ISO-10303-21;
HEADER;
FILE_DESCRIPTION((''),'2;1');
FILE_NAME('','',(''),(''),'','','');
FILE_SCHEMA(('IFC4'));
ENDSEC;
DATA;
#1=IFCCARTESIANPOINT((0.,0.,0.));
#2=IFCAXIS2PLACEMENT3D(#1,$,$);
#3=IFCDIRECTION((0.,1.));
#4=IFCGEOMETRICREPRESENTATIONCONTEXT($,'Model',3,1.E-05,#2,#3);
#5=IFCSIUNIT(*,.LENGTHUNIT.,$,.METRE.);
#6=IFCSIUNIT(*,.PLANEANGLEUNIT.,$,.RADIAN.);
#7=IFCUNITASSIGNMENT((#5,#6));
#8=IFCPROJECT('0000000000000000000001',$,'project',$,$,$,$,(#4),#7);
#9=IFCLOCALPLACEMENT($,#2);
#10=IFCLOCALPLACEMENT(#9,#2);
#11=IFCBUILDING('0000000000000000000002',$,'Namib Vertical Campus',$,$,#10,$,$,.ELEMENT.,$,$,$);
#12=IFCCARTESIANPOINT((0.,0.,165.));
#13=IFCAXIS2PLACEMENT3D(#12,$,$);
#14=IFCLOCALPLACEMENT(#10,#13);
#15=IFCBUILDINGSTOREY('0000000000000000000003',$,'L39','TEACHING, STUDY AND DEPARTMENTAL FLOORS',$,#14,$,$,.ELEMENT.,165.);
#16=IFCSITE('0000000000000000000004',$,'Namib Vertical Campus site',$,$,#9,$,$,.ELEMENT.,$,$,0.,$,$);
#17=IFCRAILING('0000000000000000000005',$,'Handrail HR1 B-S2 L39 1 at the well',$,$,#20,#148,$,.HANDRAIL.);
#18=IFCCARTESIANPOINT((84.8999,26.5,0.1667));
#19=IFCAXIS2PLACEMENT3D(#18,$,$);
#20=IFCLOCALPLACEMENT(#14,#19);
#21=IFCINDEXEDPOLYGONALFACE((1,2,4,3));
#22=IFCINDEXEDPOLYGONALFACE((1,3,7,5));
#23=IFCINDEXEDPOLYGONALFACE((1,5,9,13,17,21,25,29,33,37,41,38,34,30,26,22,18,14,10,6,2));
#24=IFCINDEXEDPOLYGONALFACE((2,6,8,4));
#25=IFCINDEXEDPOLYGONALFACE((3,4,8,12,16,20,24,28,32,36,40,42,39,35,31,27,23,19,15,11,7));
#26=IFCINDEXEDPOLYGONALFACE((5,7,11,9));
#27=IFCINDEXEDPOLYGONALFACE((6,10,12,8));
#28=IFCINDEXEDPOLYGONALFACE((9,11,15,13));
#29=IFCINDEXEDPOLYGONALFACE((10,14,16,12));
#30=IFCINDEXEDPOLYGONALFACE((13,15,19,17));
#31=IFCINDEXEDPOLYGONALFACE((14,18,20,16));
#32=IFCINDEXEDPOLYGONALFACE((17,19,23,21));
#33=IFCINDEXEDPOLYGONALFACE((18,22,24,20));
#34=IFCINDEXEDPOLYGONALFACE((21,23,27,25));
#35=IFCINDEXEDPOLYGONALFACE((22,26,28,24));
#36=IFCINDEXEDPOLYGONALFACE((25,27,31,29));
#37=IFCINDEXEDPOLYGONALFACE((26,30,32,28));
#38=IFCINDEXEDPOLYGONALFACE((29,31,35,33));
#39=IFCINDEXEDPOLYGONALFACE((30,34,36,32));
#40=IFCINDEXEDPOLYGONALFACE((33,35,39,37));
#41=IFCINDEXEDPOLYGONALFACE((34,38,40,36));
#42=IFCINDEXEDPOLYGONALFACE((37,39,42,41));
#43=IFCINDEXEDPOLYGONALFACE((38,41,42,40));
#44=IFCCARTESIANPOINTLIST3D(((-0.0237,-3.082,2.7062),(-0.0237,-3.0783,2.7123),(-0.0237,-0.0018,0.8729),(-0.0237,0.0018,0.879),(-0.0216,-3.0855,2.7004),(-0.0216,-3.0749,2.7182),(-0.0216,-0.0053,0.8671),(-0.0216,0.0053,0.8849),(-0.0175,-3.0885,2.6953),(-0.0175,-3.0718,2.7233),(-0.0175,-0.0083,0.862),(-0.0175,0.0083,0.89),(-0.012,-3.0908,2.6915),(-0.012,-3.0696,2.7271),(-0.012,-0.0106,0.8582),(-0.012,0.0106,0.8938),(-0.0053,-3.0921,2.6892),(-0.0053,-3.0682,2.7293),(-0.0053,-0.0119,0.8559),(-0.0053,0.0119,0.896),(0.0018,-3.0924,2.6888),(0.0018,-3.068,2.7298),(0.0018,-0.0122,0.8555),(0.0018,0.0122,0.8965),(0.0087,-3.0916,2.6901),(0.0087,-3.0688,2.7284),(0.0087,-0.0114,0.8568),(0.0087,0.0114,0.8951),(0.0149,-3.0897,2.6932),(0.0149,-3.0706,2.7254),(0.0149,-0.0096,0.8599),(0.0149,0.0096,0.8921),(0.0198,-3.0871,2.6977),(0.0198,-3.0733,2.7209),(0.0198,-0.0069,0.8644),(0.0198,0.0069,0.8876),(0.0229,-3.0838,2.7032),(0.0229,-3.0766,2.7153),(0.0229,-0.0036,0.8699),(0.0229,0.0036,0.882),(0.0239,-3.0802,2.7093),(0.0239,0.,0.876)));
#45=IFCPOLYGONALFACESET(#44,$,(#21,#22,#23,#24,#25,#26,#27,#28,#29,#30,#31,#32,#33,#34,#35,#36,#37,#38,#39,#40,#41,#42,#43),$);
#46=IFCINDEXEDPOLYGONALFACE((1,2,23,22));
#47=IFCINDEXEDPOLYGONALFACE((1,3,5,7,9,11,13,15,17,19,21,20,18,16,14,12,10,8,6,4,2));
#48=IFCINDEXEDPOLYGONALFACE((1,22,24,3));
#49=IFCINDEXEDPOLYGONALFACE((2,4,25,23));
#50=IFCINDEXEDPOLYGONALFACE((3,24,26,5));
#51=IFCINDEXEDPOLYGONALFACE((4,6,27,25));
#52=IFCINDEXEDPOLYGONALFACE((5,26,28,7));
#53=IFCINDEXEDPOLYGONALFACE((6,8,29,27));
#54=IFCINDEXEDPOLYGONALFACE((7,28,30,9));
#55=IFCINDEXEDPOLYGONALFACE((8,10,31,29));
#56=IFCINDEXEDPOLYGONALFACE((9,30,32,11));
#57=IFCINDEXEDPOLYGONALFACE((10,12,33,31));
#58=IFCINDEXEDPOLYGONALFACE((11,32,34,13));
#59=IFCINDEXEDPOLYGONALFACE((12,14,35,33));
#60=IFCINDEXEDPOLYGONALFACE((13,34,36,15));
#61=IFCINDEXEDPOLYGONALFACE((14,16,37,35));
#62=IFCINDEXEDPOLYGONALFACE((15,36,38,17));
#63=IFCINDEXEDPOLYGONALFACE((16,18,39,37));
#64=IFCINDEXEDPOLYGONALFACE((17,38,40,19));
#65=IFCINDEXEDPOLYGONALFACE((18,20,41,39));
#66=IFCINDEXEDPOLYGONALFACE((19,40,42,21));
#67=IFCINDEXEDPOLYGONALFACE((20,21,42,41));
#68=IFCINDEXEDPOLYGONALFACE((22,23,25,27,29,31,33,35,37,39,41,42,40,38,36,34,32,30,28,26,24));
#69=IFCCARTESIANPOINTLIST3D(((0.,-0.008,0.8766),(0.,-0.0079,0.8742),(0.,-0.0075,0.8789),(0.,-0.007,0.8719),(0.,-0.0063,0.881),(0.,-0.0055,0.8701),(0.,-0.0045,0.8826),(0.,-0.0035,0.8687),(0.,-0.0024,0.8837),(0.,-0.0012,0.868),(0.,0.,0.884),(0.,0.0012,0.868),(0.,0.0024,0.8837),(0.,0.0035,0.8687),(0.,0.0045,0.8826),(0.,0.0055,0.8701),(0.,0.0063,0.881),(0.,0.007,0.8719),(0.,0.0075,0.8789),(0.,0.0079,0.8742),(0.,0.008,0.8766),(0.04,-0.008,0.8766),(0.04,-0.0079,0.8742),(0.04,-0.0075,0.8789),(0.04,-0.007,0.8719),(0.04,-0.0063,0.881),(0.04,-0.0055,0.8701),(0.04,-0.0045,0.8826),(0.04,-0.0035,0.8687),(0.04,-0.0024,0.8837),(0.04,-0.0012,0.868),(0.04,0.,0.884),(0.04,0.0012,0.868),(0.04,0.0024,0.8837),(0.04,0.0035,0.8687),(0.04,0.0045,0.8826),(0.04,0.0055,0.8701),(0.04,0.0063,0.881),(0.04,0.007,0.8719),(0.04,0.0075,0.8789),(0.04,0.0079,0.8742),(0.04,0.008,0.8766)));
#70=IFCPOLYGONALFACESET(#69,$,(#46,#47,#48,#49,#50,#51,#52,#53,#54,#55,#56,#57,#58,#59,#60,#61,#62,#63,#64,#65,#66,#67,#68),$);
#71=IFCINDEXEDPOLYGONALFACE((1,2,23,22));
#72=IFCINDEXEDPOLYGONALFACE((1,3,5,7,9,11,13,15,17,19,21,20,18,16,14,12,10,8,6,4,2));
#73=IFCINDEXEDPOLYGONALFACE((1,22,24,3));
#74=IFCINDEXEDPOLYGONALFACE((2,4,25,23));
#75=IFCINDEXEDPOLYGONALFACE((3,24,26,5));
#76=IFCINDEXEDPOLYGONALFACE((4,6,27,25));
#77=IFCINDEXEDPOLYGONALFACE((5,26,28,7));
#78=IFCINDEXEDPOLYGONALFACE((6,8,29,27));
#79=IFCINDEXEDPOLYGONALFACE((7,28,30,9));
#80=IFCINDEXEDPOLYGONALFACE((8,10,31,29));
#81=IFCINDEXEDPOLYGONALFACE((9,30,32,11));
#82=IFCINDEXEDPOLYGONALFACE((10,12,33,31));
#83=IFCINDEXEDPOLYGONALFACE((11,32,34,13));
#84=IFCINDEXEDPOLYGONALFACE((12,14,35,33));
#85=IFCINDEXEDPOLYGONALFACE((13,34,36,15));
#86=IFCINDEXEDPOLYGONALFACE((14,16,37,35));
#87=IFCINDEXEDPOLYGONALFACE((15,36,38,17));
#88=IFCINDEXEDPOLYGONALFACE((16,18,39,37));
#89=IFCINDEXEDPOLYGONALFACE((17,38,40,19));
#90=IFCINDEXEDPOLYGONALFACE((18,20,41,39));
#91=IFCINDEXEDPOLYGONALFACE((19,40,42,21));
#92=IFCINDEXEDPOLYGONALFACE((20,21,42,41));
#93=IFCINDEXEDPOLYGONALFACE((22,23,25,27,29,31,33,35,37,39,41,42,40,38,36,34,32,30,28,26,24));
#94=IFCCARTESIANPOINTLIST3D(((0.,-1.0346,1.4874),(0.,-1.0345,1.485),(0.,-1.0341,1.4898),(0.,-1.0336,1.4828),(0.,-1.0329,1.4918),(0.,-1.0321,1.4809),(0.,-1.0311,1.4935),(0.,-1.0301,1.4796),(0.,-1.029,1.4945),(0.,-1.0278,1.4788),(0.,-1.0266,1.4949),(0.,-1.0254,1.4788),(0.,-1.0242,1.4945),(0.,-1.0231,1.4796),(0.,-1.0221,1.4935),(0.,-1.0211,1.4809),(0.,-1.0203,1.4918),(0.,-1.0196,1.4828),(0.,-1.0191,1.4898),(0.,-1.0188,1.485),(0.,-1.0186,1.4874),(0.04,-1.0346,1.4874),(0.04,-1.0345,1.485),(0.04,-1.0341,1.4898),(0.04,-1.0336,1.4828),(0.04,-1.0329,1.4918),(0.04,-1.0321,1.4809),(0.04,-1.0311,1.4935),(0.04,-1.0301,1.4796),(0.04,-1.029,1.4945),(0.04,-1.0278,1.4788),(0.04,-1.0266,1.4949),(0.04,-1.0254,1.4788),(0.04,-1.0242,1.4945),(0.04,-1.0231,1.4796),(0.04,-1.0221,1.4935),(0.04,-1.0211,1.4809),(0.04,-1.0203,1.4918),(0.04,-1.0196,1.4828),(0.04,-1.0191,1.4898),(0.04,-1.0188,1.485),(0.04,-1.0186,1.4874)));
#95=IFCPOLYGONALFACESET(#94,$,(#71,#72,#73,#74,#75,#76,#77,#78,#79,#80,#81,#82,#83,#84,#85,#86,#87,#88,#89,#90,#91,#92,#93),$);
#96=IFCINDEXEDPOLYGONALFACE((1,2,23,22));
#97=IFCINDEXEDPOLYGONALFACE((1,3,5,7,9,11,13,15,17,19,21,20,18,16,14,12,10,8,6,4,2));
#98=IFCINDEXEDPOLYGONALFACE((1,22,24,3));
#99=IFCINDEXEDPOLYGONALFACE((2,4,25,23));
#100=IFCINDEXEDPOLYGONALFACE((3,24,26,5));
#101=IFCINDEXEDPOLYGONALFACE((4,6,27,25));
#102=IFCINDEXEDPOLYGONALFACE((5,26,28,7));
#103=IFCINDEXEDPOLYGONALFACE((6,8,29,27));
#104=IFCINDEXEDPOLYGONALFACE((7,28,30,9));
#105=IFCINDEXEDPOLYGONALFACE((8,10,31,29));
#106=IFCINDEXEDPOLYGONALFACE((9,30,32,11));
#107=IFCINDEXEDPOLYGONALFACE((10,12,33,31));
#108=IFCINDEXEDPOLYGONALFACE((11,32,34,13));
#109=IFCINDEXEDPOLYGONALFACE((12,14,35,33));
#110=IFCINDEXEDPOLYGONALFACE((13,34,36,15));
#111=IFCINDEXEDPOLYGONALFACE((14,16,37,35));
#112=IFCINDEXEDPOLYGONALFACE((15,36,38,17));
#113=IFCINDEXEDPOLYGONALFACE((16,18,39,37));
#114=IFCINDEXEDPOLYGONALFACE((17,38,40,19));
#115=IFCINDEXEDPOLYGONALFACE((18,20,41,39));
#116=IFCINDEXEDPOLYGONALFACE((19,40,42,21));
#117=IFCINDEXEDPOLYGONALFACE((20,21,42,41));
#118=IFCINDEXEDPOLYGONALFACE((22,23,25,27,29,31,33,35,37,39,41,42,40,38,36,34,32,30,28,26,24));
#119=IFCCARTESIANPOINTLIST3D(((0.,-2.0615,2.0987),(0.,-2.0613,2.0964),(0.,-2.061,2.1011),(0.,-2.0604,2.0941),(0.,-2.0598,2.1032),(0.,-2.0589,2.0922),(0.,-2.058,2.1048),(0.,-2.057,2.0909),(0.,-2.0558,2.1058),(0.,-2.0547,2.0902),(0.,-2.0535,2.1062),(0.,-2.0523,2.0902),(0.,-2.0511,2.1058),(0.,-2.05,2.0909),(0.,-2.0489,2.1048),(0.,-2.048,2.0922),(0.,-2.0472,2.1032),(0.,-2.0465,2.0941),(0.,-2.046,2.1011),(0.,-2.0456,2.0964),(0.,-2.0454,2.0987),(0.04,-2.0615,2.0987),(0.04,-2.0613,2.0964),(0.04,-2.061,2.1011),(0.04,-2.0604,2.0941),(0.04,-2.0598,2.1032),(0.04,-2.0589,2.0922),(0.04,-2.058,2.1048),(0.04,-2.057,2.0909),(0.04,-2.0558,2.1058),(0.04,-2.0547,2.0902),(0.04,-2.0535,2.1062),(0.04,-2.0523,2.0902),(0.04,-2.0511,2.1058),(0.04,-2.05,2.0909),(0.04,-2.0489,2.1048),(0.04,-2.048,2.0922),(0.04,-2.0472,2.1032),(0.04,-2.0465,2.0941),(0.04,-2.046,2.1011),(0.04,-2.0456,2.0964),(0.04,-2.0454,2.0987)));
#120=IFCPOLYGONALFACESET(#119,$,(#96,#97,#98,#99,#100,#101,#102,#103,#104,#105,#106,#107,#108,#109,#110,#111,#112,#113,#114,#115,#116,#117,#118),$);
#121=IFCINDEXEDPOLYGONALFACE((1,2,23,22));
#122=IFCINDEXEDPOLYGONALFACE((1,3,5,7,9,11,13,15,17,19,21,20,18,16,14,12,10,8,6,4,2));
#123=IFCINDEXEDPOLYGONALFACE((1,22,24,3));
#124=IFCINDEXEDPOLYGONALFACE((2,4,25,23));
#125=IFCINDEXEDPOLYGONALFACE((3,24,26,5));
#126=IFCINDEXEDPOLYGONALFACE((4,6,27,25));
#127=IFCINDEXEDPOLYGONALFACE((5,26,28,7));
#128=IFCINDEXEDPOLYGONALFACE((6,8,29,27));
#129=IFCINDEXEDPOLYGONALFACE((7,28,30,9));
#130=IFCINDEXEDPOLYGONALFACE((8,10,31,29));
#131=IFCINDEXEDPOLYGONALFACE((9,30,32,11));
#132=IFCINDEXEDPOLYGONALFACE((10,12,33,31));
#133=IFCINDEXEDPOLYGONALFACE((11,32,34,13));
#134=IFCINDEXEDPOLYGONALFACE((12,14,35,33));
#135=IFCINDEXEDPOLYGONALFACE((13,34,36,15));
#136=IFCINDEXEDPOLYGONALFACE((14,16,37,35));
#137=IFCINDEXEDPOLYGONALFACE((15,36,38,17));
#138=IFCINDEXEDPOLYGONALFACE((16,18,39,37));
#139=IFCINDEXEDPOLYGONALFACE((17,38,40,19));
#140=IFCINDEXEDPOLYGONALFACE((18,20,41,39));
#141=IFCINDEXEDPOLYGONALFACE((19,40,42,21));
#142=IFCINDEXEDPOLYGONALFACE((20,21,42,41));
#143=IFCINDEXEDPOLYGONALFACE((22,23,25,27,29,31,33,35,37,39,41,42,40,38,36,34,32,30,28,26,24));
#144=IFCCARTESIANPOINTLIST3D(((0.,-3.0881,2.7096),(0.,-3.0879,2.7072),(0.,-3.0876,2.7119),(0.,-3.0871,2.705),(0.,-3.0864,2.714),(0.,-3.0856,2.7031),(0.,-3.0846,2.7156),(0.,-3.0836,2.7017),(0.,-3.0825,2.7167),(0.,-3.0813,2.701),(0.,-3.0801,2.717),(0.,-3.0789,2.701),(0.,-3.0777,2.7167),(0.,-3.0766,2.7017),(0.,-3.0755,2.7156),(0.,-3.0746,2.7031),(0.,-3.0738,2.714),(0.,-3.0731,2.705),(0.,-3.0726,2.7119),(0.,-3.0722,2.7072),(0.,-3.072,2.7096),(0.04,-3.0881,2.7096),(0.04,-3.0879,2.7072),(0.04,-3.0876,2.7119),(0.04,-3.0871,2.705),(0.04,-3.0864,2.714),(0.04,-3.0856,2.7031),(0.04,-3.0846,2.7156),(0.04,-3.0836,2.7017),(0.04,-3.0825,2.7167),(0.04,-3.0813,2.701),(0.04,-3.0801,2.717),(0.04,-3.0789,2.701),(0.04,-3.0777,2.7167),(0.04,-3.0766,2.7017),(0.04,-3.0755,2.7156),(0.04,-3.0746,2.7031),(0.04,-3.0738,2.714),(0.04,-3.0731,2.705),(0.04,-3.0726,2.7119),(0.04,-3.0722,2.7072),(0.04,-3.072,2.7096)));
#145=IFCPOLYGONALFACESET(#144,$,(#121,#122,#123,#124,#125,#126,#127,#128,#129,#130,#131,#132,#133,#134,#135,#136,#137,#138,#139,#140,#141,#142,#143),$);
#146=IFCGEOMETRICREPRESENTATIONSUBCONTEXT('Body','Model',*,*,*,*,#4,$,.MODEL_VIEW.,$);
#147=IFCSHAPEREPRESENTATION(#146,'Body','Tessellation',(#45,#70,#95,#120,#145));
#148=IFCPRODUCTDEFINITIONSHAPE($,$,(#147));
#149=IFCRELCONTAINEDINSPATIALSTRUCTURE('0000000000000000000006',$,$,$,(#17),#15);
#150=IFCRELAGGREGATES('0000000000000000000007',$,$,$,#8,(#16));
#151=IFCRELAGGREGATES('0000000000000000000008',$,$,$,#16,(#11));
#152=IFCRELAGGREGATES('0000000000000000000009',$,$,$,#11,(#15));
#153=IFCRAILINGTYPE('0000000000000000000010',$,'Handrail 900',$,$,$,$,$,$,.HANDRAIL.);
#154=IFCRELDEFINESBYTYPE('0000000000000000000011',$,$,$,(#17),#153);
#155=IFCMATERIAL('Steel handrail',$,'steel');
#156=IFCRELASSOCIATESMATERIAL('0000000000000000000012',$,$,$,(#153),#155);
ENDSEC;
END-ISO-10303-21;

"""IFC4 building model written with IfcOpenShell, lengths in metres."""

from ifc_helpers import new_model, si_unit, direction, frame, origin, origin_2d, place, context, subcontext, project, spatial, circle, extrude, material, type_object, element, save


model = new_model("IFC4")

# Units and contexts
model_context = context("Model", 3, precision=1e-05, world=origin(), true_north=direction((0.0, 1.0)))
body_context = subcontext(model_context, "Body", "Model", "MODEL_VIEW")
ifc_project = project(units=[si_unit("LENGTHUNIT", "METRE"), si_unit("PLANEANGLEUNIT", "RADIAN")], contexts=[model_context])

# Site, building, storey
site_placement = place(None, origin())
site = spatial("IfcSite", under=ifc_project, at=site_placement, Name="Namib Vertical Campus site", CompositionType="ELEMENT", RefElevation=0.0)
building_placement = place(site_placement, origin())
building = spatial("IfcBuilding", under=site, at=building_placement, Name="Namib Vertical Campus", CompositionType="ELEMENT")
storey_placement = place(building_placement, frame((0.0, 0.0, 165.0)))
storey = spatial("IfcBuildingStorey", under=building, at=storey_placement, Name="L39", Description="TEACHING, STUDY AND DEPARTMENTAL FLOORS", CompositionType="ELEMENT", Elevation=165.0)

# Railing
ifc_material_1 = material(Name="Steel handrail", Category="steel")
railing_type_1 = type_object("IfcRailingType", Name="Handrail 900", PredefinedType="HANDRAIL", material=ifc_material_1)
railing_1_placement = place(storey_placement, frame((84.8999, 26.5, 0.1667)))
element("IfcRailing", 1, at=railing_1_placement, inside=storey, type_object=railing_type_1, Name="Handrail HR1 B-S2 L39 1 at the well", PredefinedType="HANDRAIL", context=body_context, shape_type="SweptSolid", body=[
    extrude(circle(Radius=0.0239, at=origin_2d()), frame((0.0, 0.0, 0.876), z_axis=(0.0, -0.859309, 0.511458), x_axis=(1.0, 0.0, 0.0)), (0.0, 0.0, 1.0), 3.5845),
    extrude(circle(Radius=0.0081, at=origin_2d()), frame((0.0, 0.0, 0.876), z_axis=(1.0, 0.0, 0.0), x_axis=(0.0, 0.0, 1.0)), (0.0, 0.0, 1.0), 0.04),
    extrude(circle(Radius=0.0081, at=origin_2d()), frame((0.0, -1.0266, 1.4868), z_axis=(1.0, 0.0, 0.0), x_axis=(0.0, 0.0, 1.0)), (0.0, 0.0, 1.0), 0.04),
    extrude(circle(Radius=0.0081, at=origin_2d()), frame((0.0, -2.0535, 2.0981), z_axis=(1.0, 0.0, 0.0), x_axis=(0.0, 0.0, 1.0)), (0.0, 0.0, 1.0), 0.04),
    extrude(circle(Radius=0.0081, at=origin_2d()), frame((0.0, -3.0801, 2.709), z_axis=(1.0, 0.0, 0.0), x_axis=(0.0, 0.0, 1.0)), (0.0, 0.0, 1.0), 0.04),
])

save(model, "model.ifc")
